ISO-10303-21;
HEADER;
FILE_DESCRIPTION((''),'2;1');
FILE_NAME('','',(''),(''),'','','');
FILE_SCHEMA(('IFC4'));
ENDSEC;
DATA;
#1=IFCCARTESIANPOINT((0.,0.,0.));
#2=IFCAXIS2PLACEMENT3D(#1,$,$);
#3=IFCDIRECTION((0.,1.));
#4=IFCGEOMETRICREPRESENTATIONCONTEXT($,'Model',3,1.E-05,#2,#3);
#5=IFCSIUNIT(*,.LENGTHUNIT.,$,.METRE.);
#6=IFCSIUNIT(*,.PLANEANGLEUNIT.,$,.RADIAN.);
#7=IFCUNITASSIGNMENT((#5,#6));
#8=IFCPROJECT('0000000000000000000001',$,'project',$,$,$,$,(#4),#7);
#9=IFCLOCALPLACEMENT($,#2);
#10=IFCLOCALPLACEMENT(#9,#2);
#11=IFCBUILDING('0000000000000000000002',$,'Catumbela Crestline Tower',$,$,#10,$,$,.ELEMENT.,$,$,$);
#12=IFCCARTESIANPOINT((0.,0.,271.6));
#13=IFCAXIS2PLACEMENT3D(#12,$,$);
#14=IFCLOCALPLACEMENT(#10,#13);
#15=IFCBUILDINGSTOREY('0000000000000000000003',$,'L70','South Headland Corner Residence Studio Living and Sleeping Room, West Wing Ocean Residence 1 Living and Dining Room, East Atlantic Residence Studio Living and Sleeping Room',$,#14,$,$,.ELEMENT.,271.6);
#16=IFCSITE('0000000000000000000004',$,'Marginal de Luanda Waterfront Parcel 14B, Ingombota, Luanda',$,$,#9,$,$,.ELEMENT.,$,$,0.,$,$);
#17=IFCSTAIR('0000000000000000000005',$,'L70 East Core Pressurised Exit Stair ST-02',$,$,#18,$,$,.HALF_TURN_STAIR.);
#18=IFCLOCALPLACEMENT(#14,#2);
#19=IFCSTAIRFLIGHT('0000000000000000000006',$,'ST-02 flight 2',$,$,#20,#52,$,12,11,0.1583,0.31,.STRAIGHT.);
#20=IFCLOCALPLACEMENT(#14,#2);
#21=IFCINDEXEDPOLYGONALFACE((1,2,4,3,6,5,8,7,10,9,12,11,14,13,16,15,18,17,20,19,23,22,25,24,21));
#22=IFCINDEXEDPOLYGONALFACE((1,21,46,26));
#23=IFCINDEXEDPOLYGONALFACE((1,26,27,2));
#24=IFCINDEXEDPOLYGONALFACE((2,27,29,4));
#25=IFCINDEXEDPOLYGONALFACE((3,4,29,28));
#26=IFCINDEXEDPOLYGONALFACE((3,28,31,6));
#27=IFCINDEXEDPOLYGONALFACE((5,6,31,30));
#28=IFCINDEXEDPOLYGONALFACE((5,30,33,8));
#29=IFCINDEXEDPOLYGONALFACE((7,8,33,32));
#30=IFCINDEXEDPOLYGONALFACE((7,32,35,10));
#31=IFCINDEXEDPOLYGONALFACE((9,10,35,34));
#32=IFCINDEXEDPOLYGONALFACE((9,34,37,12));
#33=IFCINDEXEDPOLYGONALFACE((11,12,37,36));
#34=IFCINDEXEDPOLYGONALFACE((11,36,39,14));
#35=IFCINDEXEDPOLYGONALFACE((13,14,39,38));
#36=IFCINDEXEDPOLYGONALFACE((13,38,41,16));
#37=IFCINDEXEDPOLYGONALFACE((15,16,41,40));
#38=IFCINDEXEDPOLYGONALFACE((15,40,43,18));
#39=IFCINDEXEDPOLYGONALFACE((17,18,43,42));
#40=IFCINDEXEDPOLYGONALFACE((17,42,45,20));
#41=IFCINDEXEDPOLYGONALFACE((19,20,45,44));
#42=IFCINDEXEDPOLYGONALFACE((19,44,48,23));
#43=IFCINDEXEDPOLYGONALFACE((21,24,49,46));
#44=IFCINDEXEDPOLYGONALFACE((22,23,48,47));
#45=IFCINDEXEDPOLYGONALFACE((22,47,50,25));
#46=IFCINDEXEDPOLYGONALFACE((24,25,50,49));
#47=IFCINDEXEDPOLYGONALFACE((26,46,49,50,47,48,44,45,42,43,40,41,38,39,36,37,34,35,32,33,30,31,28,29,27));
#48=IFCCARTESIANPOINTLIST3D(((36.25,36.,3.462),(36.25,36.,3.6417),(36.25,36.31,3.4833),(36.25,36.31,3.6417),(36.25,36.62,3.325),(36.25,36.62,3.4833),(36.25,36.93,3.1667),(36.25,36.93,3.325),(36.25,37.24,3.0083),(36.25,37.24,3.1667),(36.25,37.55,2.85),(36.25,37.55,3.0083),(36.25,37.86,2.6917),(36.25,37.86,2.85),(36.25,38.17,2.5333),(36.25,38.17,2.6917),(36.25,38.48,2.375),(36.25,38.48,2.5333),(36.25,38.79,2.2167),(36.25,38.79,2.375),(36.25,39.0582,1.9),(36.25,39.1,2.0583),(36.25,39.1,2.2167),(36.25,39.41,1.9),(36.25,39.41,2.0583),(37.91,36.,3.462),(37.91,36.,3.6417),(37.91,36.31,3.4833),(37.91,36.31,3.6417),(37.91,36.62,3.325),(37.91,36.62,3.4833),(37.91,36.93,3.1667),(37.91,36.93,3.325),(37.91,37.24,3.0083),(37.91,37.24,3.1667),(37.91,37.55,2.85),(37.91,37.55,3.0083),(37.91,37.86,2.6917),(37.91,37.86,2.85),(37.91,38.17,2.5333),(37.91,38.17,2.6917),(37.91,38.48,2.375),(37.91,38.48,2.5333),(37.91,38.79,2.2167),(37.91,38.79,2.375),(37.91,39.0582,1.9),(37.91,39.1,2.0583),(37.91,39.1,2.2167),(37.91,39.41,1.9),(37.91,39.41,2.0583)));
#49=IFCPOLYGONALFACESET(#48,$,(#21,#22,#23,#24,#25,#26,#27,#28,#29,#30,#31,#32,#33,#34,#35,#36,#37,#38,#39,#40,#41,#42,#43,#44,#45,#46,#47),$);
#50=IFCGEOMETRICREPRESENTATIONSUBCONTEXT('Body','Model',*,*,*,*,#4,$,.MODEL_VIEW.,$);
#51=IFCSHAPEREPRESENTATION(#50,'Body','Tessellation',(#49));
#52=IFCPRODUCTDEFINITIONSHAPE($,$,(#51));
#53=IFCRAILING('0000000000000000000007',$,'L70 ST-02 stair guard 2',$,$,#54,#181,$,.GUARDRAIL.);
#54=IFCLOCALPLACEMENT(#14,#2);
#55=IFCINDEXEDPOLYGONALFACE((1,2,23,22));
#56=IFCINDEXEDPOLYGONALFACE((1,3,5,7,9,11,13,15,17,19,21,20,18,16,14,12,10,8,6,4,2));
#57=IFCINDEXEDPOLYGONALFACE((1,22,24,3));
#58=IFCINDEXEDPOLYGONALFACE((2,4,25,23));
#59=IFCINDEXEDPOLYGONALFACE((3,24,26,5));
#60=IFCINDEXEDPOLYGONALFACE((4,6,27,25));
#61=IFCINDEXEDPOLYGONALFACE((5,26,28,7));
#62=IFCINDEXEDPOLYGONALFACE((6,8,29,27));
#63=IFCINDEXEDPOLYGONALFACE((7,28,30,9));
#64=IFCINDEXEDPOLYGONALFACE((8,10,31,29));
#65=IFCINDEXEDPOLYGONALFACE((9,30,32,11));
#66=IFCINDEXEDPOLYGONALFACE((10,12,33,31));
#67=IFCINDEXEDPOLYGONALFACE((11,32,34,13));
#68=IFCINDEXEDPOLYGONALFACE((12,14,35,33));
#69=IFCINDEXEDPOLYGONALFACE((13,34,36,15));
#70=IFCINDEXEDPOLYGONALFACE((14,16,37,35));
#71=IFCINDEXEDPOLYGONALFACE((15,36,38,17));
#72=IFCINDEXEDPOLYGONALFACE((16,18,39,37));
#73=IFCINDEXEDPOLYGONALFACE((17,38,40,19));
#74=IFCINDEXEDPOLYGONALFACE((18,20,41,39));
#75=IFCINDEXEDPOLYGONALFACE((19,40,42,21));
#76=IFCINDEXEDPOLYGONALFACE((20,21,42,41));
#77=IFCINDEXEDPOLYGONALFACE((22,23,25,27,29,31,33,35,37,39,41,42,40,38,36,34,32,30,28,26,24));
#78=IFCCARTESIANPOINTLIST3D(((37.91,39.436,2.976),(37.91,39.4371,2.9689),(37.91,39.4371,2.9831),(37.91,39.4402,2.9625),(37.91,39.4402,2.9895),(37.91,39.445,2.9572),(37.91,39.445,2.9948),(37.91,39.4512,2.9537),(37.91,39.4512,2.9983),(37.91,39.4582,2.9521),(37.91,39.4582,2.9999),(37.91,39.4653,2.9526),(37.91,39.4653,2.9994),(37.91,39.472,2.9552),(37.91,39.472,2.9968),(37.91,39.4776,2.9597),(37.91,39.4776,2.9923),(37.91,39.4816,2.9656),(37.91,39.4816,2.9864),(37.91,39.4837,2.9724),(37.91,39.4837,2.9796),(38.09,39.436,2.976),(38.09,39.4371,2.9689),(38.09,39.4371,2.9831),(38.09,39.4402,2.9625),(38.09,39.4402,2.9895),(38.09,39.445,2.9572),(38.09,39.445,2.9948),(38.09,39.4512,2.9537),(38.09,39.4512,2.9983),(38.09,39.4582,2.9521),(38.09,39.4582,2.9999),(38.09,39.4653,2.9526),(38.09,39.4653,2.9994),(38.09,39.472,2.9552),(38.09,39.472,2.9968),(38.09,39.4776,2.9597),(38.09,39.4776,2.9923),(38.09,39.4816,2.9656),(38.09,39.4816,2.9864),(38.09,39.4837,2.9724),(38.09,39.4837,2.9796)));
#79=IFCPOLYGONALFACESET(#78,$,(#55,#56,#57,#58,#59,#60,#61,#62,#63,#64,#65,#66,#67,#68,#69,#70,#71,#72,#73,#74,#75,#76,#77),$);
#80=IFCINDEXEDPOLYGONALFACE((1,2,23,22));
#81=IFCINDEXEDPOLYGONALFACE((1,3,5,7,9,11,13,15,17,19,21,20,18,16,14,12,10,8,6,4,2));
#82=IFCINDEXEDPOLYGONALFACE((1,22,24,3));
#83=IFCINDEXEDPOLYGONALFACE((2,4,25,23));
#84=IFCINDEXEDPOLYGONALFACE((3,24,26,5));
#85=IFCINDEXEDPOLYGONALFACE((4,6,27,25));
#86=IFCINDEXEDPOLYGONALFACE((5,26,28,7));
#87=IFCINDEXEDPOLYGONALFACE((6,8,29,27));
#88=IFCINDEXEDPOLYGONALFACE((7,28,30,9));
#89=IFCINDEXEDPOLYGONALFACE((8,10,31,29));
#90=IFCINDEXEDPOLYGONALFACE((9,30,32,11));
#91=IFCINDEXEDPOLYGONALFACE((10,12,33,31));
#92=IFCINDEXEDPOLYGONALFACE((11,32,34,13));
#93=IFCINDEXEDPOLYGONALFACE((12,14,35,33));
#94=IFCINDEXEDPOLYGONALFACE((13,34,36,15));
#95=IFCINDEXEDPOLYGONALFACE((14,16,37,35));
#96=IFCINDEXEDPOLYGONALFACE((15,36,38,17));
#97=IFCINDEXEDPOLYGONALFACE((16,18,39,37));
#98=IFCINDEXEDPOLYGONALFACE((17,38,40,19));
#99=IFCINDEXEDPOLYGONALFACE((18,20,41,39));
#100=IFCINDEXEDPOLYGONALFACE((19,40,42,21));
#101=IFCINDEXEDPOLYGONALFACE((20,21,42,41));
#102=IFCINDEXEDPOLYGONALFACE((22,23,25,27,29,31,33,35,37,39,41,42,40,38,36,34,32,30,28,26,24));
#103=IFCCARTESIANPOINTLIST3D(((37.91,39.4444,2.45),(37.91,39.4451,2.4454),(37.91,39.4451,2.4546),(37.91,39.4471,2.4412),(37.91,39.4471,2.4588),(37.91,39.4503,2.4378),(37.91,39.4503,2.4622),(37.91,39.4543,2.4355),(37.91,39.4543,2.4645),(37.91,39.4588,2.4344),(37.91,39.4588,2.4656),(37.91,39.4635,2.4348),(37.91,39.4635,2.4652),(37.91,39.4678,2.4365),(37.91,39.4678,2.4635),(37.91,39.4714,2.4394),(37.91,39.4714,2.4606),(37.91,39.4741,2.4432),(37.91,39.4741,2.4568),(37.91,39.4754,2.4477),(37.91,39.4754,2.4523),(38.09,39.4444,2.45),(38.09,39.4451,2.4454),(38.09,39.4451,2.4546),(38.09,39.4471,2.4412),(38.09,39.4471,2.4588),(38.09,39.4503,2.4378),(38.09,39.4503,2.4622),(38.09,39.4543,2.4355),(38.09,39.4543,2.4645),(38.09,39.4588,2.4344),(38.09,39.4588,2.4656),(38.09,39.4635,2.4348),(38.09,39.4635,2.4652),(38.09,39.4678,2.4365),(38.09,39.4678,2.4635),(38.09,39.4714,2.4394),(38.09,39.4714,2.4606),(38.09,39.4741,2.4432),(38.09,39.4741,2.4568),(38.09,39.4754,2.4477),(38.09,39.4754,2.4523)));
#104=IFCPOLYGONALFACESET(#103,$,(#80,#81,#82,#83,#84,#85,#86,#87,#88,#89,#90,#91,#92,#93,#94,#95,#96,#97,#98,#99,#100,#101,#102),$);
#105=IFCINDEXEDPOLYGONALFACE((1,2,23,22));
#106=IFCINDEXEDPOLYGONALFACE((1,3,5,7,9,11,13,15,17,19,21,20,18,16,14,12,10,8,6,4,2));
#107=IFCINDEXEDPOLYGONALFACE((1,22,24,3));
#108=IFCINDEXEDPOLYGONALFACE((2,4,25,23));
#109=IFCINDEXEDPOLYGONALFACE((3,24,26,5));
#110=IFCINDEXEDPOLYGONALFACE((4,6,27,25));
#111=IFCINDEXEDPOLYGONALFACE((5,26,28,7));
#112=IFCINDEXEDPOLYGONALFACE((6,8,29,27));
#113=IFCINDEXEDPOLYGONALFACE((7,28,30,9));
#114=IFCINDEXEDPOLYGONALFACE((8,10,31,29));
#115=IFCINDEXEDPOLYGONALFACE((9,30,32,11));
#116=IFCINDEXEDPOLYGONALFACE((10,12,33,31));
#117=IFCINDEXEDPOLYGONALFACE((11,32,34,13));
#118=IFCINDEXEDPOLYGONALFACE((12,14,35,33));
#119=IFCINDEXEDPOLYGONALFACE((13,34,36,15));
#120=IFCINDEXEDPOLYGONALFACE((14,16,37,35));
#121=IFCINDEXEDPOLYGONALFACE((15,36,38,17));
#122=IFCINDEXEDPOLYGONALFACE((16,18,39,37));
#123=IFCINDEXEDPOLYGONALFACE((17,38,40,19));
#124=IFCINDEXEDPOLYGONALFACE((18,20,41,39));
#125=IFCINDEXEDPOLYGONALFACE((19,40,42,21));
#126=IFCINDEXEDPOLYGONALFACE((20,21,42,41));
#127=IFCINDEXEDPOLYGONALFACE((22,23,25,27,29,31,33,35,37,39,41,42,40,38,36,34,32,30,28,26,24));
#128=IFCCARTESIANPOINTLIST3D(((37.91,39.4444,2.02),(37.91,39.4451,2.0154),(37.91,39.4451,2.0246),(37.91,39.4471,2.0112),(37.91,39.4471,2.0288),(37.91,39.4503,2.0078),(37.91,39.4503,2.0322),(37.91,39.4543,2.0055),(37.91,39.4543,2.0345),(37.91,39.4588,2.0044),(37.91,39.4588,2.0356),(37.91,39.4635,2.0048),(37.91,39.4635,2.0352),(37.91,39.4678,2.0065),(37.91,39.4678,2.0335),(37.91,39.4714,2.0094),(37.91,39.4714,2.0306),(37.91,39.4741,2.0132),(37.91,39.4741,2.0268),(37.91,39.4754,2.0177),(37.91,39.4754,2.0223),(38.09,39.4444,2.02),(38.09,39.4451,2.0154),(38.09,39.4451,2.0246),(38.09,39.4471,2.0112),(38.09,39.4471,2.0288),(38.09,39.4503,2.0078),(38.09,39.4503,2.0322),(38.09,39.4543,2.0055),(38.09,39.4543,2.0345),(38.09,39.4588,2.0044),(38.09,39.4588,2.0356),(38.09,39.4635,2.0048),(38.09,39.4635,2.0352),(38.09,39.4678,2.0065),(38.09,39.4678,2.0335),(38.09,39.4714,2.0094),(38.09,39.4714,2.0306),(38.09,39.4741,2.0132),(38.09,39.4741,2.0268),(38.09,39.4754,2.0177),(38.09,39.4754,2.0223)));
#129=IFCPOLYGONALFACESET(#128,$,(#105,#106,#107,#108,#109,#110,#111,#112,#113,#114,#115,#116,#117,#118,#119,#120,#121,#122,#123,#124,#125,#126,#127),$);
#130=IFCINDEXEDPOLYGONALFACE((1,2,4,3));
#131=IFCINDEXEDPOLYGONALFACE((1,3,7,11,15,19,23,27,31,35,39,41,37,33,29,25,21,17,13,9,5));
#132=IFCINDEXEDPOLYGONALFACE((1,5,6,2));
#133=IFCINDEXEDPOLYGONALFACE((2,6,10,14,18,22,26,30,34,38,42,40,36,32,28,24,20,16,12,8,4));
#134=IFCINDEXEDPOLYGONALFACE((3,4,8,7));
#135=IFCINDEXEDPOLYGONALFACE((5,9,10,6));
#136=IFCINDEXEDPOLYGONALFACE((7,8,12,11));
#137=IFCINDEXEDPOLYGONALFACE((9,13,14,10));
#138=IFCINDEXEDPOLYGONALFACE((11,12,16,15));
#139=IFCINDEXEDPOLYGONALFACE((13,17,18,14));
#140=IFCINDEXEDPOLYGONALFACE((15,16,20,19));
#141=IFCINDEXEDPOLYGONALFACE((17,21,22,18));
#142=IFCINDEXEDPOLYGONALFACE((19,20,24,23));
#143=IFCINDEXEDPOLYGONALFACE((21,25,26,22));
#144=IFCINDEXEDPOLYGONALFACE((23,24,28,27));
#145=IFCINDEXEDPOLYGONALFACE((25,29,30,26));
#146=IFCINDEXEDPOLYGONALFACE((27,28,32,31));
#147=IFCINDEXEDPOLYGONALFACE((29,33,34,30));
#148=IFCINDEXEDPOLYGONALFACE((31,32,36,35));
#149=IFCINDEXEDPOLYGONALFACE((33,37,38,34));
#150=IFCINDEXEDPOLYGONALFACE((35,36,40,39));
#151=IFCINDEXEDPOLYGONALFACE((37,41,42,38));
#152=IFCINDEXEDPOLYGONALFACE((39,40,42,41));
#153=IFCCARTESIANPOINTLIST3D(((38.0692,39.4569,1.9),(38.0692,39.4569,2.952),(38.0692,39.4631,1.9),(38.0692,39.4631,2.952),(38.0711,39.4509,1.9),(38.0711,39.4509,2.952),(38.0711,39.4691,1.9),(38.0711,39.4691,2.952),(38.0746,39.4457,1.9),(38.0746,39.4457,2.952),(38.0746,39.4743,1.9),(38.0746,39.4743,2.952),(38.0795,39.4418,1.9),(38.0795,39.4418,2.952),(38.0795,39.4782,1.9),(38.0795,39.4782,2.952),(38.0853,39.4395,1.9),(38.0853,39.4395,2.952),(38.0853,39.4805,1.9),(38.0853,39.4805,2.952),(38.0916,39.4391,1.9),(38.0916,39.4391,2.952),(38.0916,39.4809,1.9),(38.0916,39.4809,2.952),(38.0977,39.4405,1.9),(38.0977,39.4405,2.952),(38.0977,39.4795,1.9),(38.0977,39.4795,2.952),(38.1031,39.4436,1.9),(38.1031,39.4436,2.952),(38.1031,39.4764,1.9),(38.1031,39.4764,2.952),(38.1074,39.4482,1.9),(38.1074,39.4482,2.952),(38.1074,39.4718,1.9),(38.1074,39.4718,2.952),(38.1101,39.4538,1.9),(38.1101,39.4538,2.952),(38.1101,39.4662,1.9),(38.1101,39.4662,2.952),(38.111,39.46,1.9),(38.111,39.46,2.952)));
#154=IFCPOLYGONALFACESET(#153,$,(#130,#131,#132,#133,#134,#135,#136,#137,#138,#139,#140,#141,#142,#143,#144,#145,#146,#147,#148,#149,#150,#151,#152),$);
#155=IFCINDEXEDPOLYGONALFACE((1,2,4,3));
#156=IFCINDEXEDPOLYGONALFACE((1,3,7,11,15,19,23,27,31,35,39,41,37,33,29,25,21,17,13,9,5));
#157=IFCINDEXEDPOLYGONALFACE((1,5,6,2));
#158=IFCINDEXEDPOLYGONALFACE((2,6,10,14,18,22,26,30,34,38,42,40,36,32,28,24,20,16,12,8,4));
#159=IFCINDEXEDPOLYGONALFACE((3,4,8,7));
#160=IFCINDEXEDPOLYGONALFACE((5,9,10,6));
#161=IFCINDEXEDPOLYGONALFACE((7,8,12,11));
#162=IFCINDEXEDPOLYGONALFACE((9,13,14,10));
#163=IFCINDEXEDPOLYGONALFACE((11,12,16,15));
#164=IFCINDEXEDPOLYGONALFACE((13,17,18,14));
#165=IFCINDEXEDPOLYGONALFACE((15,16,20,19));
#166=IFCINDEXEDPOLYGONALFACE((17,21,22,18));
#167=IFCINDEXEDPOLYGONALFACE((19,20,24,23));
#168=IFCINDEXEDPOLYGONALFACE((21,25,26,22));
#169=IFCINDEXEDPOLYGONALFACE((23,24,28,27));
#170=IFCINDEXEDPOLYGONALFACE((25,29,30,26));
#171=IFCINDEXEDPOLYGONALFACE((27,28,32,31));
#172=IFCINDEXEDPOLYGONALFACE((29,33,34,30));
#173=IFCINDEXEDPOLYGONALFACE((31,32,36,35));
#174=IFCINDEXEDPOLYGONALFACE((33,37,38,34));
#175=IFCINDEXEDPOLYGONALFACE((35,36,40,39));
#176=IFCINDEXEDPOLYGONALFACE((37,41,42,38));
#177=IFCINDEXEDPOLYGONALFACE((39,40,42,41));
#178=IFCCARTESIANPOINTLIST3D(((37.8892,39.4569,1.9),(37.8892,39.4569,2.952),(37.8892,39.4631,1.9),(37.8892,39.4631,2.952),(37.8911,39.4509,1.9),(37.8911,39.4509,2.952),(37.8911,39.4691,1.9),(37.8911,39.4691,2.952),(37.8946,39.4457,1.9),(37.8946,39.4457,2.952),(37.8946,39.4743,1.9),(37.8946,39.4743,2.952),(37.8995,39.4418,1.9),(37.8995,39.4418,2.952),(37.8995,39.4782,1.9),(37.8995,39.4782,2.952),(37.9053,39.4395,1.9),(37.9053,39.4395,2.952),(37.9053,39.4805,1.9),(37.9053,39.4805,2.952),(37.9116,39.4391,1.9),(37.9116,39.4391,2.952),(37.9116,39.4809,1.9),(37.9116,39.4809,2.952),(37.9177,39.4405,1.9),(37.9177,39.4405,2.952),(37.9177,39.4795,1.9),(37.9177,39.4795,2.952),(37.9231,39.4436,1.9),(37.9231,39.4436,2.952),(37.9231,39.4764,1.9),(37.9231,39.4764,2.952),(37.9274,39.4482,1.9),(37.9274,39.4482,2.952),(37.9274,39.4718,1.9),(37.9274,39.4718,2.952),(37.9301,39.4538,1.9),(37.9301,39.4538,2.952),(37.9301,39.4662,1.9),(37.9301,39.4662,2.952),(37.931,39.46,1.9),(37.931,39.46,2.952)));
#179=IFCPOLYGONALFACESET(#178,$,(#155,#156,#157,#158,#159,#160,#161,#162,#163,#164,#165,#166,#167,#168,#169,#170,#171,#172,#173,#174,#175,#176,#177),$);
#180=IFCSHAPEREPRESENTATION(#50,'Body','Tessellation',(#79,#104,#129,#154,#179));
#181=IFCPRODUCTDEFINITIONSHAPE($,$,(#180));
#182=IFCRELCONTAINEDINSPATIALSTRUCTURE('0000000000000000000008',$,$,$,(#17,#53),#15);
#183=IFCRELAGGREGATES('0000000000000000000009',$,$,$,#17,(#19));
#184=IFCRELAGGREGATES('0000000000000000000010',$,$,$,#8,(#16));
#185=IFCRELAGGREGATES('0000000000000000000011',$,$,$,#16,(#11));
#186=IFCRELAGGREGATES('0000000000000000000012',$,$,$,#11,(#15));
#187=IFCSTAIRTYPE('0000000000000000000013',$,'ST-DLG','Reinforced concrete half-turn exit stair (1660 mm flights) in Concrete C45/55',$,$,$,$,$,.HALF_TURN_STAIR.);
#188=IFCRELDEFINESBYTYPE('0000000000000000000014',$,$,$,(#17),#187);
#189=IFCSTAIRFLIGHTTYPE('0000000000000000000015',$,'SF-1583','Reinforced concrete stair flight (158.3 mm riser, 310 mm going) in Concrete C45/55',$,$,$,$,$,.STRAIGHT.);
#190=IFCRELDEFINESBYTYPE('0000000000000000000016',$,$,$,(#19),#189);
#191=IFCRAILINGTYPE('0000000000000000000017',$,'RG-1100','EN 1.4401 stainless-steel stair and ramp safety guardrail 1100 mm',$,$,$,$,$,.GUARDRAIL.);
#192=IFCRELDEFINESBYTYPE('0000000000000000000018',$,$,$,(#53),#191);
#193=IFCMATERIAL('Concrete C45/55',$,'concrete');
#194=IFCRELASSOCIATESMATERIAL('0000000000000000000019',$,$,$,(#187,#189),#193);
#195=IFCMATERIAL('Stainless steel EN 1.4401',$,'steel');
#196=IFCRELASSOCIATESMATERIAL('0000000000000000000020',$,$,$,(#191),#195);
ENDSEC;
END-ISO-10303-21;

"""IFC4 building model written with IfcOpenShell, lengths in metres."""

from ifc_helpers import new_model, si_unit, direction, frame, origin, origin_2d, place, context, subcontext, project, spatial, polyline, circle, outline, extrude, material, type_object, element, aggregate, save


model = new_model("IFC4")

# Units and contexts
model_context = context("Model", 3, precision=1e-05, world=origin(), true_north=direction((0.0, 1.0)))
body_context = subcontext(model_context, "Body", "Model", "MODEL_VIEW")
ifc_project = project(units=[si_unit("LENGTHUNIT", "METRE"), si_unit("PLANEANGLEUNIT", "RADIAN")], contexts=[model_context])

# Site, building, storey
site_placement = place(None, origin())
site = spatial("IfcSite", under=ifc_project, at=site_placement, Name="Marginal de Luanda Waterfront Parcel 14B, Ingombota, Luanda", CompositionType="ELEMENT", RefElevation=0.0)
building_placement = place(site_placement, origin())
building = spatial("IfcBuilding", under=site, at=building_placement, Name="Catumbela Crestline Tower", CompositionType="ELEMENT")
storey_placement = place(building_placement, frame((0.0, 0.0, 271.6)))
storey = spatial("IfcBuildingStorey", under=building, at=storey_placement, Name="L70", Description="South Headland Corner Residence Studio Living and Sleeping Room, West Wing Ocean Residence 1 Living and Dining Room, East Atlantic Residence Studio Living and Sleeping Room", CompositionType="ELEMENT", Elevation=271.6)

# Shared definitions
ifc_material_1 = material(Name="Stainless steel EN 1.4401", Category="steel")

# Stair, stair flight
ifc_material_2 = material(Name="Concrete C45/55", Category="concrete")
stair_type = type_object("IfcStairType", Name="ST-DLG", Description="Reinforced concrete half-turn exit stair (1660 mm flights) in Concrete C45/55", PredefinedType="HALF_TURN_STAIR", material=ifc_material_2)
stair_placement = place(storey_placement, origin())
stair = element("IfcStair", 1, at=stair_placement, inside=storey, type_object=stair_type, Name="L70 East Core Pressurised Exit Stair ST-02", PredefinedType="HALF_TURN_STAIR")
stair_flight_type = type_object("IfcStairFlightType", Name="SF-1583", Description="Reinforced concrete stair flight (158.3 mm riser, 310 mm going) in Concrete C45/55", PredefinedType="STRAIGHT", material=ifc_material_2)
stair_flight_1_placement = place(storey_placement, frame((37.08, 39.41, 1.9), z_axis=(0.0, 0.0, 1.0), x_axis=(0.0, -1.0, 0.0)))
stair_flight_1 = element("IfcStairFlight", 2, at=stair_flight_1_placement, type_object=stair_flight_type, Name="ST-02 flight 2", NumberOfRisers=12, NumberOfTreads=11, PredefinedType="STRAIGHT", RiserHeight=0.1583, TreadLength=0.31, context=body_context, shape_type="SweptSolid", body=[
    extrude(outline(polyline([(0.0, 0.0), (0.0, 0.1583), (0.31, 0.1583), (0.31, 0.3167), (0.62, 0.3167), (0.62, 0.475), (0.93, 0.475), (0.93, 0.6333), (1.24, 0.6333), (1.24, 0.7917), (1.55, 0.7917), (1.55, 0.95), (1.86, 0.95), (1.86, 1.1083), (2.17, 1.1083), (2.17, 1.2667), (2.48, 1.2667), (2.48, 1.425), (2.79, 1.425), (2.79, 1.5833), (3.1, 1.5833), (3.1, 1.7417), (3.41, 1.7417), (3.41, 1.9), (3.41, 1.562), (0.3518, 0.0), (0.0, 0.0)])), frame((0.0, 0.83, 0.0), z_axis=(0.0, -1.0, 0.0), x_axis=(1.0, 0.0, 0.0)), (0.0, 0.0, 1.0), 1.66),
])
aggregate(stair, [stair_flight_1])

# Railing
railing_type_1 = type_object("IfcRailingType", Name="RG-1100", Description="EN 1.4401 stainless-steel stair and ramp safety guardrail 1100 mm", PredefinedType="GUARDRAIL", material=ifc_material_1)
railing_1_placement = place(storey_placement, frame((38.09, 39.46, 1.9)))
element("IfcRailing", 3, at=railing_1_placement, inside=storey, type_object=railing_type_1, Name="L70 ST-02 stair guard 2", PredefinedType="GUARDRAIL", context=body_context, shape_type="SweptSolid", body=[
    extrude(circle(Radius=0.024, at=origin_2d()), frame((0.0, 0.0, 1.076), z_axis=(-1.0, 0.0, 0.0), x_axis=(0.0, -1.0, 0.0)), (0.0, 0.0, 1.0), 0.18),
    extrude(circle(Radius=0.0156, at=origin_2d()), frame((0.0, 0.0, 0.55), z_axis=(-1.0, 0.0, 0.0), x_axis=(0.0, -1.0, 0.0)), (0.0, 0.0, 1.0), 0.18),
    extrude(circle(Radius=0.0156, at=origin_2d()), frame((0.0, 0.0, 0.12), z_axis=(-1.0, 0.0, 0.0), x_axis=(0.0, -1.0, 0.0)), (0.0, 0.0, 1.0), 0.18),
    extrude(circle(Radius=0.021, at=origin_2d()), origin(), (0.0, 0.0, 1.0), 1.052),
    extrude(circle(Radius=0.021, at=origin_2d()), frame((-0.18, 0.0, 0.0)), (0.0, 0.0, 1.0), 1.052),
])

save(model, "model.ifc")
